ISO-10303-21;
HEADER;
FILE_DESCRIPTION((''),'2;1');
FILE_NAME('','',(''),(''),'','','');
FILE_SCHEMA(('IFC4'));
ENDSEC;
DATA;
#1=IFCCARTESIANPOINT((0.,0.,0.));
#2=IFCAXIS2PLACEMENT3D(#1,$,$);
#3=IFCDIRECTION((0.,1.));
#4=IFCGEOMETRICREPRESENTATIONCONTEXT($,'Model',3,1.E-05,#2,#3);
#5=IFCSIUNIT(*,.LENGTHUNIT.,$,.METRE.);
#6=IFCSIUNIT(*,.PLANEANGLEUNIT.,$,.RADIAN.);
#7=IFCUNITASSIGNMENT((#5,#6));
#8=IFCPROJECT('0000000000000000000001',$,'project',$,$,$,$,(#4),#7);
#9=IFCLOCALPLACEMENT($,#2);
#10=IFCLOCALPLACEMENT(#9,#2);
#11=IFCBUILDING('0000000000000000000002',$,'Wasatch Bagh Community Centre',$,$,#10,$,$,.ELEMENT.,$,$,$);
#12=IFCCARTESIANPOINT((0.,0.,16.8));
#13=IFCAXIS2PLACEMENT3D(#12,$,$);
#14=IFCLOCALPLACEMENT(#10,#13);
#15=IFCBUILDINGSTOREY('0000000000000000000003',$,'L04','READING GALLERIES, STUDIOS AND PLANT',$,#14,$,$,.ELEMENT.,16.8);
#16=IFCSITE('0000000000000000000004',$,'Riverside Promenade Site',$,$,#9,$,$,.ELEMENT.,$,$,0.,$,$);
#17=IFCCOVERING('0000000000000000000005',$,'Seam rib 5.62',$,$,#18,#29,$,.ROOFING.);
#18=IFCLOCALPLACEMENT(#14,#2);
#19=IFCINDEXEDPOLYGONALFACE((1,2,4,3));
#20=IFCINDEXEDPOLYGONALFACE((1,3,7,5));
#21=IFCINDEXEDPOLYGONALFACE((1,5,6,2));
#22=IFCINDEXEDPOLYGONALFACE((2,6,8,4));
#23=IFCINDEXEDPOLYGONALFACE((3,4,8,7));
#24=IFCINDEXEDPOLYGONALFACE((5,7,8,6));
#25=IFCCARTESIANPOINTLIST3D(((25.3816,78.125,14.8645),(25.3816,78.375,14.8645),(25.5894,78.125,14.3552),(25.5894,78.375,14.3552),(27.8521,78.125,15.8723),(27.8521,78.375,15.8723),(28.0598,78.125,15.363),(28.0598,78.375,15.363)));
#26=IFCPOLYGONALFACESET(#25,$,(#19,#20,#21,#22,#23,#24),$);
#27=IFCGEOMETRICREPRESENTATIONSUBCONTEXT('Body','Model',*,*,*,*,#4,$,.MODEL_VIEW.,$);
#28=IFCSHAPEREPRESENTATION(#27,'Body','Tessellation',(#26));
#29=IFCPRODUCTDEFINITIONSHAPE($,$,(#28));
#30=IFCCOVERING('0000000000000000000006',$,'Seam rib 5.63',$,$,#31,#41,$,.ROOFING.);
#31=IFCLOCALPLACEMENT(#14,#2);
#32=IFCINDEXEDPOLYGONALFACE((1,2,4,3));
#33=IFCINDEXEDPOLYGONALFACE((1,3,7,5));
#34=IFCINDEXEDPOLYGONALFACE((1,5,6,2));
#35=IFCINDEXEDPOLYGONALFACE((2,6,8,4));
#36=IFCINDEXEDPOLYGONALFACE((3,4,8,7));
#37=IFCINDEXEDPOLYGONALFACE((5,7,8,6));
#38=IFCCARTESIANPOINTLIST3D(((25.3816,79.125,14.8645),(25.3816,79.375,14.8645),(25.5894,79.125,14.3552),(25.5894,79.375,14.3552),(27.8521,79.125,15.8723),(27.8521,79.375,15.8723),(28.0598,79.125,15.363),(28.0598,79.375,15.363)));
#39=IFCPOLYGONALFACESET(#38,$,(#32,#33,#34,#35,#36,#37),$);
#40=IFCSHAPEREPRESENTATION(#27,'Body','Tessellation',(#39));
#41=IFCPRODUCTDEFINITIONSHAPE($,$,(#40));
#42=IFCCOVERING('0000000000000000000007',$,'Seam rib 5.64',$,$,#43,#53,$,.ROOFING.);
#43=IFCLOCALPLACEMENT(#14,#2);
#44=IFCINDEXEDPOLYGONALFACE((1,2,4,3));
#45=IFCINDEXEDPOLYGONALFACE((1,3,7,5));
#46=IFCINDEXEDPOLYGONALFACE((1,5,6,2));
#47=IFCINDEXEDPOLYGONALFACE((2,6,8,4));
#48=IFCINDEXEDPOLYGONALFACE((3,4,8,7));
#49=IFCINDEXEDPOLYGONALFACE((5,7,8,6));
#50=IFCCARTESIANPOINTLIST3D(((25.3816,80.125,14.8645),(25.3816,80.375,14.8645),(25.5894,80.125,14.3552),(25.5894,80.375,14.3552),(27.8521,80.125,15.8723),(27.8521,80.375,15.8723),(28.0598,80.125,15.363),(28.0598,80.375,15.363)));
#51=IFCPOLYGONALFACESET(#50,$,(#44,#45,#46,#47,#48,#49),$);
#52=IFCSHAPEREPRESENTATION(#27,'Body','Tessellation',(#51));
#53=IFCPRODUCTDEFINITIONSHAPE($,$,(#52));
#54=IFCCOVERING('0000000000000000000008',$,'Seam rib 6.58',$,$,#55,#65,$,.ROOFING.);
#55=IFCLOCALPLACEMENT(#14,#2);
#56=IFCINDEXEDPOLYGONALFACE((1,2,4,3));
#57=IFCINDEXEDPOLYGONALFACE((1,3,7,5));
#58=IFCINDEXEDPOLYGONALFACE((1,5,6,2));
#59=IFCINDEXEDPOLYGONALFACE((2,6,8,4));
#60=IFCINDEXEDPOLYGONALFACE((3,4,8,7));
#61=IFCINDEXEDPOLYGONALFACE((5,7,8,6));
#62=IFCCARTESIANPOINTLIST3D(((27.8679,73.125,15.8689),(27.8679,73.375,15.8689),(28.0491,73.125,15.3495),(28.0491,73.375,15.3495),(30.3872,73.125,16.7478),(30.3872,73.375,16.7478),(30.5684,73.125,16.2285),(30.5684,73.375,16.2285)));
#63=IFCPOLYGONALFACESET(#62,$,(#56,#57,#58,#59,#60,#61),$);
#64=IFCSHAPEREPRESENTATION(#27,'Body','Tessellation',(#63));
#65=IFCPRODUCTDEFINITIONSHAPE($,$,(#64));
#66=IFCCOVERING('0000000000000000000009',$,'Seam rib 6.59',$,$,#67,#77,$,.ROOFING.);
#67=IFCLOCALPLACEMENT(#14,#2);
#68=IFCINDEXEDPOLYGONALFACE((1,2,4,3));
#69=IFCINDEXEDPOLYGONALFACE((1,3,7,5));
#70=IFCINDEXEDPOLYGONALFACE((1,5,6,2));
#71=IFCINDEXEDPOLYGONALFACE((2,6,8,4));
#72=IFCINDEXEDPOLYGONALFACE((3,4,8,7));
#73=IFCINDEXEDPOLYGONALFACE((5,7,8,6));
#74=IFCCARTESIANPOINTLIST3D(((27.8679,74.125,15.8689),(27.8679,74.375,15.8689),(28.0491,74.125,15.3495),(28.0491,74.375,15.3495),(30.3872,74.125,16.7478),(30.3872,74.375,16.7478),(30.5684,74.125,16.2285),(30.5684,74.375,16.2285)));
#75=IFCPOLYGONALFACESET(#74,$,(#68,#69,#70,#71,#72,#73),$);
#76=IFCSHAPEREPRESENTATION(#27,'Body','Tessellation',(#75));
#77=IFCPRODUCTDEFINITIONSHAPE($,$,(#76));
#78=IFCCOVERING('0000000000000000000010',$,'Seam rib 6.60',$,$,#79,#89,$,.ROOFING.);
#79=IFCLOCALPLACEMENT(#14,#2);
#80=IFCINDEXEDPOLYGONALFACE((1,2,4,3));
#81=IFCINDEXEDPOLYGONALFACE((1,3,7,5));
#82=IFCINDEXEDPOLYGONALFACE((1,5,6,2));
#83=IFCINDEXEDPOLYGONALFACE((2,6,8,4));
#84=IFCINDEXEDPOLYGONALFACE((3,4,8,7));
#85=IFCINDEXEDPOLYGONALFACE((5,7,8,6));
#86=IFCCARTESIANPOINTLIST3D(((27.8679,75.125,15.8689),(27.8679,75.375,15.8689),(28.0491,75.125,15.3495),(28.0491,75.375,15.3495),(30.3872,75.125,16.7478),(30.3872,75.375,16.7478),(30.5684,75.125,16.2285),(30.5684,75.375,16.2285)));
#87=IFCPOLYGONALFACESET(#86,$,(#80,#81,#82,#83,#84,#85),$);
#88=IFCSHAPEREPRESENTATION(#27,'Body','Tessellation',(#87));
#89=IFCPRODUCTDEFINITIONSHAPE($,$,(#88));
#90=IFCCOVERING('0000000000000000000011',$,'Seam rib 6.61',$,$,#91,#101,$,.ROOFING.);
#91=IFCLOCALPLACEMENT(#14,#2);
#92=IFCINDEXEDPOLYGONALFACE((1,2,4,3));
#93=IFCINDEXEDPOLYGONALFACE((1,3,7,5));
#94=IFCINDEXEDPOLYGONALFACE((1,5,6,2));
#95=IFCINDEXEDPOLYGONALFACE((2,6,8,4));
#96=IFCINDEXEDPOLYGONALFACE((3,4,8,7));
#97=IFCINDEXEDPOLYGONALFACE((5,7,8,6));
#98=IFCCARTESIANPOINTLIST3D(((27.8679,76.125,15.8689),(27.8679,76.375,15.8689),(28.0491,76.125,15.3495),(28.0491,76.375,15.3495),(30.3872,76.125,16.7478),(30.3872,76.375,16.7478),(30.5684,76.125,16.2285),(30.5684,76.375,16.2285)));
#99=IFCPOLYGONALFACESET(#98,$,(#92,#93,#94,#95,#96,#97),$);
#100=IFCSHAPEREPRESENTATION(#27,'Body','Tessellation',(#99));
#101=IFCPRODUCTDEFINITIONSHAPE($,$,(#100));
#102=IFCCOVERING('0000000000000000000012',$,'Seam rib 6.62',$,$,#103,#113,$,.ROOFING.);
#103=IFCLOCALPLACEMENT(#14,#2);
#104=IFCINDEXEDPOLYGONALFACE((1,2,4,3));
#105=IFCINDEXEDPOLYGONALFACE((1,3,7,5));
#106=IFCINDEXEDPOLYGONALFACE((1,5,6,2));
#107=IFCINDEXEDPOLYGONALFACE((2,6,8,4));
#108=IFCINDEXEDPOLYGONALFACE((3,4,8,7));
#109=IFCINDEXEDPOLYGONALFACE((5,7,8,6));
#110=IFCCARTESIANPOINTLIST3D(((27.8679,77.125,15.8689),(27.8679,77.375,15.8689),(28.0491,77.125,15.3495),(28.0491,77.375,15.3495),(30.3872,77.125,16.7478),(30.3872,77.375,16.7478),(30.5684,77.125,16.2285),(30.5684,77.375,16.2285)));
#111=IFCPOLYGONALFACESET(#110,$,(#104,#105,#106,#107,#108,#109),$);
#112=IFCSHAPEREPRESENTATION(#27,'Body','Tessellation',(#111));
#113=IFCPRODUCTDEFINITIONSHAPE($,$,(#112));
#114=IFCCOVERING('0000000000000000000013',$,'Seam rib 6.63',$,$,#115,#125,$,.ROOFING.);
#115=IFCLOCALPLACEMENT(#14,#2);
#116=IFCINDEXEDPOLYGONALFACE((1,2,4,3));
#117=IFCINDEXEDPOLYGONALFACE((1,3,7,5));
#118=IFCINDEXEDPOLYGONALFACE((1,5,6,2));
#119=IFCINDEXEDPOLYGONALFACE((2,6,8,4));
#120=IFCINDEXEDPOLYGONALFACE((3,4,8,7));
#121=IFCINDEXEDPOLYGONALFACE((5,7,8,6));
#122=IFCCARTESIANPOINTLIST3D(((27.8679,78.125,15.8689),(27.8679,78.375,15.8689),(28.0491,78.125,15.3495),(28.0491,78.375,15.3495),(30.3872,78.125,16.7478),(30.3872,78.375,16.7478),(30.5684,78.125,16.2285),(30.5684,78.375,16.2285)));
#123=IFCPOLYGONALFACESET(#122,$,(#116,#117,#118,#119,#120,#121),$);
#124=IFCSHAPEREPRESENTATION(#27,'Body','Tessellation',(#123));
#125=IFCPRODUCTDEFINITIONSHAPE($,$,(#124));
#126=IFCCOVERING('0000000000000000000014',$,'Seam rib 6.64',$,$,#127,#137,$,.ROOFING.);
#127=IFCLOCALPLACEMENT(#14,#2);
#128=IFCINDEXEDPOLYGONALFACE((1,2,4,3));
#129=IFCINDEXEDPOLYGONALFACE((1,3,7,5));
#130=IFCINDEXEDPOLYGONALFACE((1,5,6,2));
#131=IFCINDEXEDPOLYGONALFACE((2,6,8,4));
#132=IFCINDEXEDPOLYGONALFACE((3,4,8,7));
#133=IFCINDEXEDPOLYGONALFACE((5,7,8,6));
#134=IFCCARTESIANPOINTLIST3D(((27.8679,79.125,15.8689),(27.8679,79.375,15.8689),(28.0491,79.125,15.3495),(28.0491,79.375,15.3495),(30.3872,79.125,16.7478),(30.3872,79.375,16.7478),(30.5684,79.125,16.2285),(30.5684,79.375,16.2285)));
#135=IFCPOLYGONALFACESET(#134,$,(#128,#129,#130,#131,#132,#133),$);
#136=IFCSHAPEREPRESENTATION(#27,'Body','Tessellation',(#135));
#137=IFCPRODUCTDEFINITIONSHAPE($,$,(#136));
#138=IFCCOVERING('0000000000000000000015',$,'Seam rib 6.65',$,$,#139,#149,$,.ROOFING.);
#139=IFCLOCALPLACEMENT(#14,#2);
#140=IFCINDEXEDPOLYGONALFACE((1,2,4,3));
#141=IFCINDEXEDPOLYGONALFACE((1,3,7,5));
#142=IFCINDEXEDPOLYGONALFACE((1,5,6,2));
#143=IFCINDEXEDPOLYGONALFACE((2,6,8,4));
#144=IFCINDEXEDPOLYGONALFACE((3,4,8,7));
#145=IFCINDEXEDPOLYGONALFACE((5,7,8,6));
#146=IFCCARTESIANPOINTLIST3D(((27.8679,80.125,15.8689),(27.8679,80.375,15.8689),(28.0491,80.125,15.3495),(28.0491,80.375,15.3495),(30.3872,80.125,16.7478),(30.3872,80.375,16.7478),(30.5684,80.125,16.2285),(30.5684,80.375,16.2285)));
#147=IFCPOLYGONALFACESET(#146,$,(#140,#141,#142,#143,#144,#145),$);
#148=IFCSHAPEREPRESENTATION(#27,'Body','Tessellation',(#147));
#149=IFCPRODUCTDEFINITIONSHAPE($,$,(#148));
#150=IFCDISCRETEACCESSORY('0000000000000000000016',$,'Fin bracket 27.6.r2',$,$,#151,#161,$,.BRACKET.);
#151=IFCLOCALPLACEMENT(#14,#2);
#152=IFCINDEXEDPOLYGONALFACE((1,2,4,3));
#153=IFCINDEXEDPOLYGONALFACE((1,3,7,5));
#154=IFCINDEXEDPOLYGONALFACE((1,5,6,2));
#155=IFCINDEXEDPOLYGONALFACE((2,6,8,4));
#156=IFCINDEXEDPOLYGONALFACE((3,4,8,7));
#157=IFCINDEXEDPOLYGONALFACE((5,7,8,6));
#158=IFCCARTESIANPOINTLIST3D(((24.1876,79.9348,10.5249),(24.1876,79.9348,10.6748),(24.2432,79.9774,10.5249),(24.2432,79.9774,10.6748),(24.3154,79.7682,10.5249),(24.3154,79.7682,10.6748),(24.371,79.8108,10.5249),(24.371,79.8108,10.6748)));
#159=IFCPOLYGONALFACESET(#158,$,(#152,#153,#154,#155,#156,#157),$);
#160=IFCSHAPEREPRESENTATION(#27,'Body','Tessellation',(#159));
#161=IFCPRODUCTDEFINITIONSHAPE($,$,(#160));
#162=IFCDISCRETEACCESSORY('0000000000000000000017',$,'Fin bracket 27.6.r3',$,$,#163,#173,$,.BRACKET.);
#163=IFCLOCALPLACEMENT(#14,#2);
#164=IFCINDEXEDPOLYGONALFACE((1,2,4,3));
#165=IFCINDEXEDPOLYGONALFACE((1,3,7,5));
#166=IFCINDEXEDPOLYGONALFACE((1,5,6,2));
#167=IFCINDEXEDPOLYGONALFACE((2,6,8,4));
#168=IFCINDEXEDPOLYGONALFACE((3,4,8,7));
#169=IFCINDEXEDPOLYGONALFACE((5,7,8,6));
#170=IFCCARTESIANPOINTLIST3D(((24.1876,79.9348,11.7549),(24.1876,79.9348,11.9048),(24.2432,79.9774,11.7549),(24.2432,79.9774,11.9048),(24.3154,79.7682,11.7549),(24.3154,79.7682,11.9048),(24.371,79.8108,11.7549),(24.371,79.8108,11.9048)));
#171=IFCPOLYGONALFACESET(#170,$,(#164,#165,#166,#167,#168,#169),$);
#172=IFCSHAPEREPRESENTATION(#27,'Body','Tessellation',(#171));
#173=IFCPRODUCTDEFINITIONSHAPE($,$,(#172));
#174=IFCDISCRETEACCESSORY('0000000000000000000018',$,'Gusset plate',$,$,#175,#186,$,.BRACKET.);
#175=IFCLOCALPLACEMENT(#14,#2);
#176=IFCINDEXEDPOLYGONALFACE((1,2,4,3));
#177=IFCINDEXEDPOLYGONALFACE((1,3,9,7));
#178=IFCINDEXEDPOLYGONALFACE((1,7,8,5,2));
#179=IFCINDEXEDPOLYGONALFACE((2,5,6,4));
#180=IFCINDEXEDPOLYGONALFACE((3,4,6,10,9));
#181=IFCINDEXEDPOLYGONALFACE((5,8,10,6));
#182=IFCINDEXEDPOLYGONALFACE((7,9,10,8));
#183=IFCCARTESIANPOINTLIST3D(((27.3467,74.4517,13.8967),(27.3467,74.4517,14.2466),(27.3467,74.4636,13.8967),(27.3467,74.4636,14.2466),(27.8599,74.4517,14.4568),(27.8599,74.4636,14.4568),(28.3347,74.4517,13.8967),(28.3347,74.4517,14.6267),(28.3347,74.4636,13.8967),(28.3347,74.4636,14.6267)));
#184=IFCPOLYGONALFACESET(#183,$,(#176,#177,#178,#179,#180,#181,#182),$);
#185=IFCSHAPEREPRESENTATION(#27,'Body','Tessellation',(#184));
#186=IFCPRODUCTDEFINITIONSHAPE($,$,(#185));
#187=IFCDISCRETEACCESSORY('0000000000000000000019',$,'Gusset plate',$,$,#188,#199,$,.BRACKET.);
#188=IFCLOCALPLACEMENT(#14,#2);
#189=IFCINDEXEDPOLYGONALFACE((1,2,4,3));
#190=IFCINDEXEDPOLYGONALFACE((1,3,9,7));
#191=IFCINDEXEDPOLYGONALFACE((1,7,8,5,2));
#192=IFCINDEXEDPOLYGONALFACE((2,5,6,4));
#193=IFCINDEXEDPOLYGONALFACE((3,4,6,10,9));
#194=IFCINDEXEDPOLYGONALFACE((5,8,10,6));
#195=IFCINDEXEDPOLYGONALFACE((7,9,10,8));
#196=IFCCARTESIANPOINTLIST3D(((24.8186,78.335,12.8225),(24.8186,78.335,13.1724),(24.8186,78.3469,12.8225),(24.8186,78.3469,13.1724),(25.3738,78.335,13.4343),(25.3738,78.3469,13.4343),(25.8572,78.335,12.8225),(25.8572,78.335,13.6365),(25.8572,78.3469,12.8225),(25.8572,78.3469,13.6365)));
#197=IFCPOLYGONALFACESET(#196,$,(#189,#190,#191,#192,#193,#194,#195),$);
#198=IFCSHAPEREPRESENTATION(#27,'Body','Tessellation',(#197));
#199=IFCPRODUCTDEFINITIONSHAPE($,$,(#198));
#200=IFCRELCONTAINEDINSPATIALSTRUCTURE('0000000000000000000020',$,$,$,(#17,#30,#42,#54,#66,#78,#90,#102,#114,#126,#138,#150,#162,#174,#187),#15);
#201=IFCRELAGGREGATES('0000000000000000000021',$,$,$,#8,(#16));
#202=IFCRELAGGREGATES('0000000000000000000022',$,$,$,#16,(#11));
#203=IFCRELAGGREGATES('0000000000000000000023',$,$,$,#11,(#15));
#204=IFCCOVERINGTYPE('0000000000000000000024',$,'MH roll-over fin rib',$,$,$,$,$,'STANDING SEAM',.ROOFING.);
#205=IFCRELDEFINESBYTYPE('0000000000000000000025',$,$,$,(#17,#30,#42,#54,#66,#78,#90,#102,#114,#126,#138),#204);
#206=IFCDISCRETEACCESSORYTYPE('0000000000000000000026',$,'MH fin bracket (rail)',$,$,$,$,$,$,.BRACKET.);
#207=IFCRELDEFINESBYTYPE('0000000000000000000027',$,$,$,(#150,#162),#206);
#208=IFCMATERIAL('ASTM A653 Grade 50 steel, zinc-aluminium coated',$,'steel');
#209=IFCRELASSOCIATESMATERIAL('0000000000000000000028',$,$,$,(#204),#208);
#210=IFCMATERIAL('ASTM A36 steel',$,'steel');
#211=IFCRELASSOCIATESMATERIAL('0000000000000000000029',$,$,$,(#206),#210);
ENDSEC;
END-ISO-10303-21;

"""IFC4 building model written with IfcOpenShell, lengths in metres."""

from ifc_helpers import new_model, si_unit, direction, frame, origin, origin_2d, place, context, subcontext, project, spatial, polyline, rectangle, outline, extrude, material, type_object, element, save


model = new_model("IFC4")

# Units and contexts
model_context = context("Model", 3, precision=1e-05, world=origin(), true_north=direction((0.0, 1.0)))
body_context = subcontext(model_context, "Body", "Model", "MODEL_VIEW")
ifc_project = project(units=[si_unit("LENGTHUNIT", "METRE"), si_unit("PLANEANGLEUNIT", "RADIAN")], contexts=[model_context])

# Site, building, storey
site_placement = place(None, origin())
site = spatial("IfcSite", under=ifc_project, at=site_placement, Name="Riverside Promenade Site", CompositionType="ELEMENT", RefElevation=0.0)
building_placement = place(site_placement, origin())
building = spatial("IfcBuilding", under=site, at=building_placement, Name="Wasatch Bagh Community Centre", CompositionType="ELEMENT")
storey_placement = place(building_placement, frame((0.0, 0.0, 16.8)))
storey = spatial("IfcBuildingStorey", under=building, at=storey_placement, Name="L04", Description="READING GALLERIES, STUDIOS AND PLANT", CompositionType="ELEMENT", Elevation=16.8)

# Coverings
ifc_material_1 = material(Name="ASTM A653 Grade 50 steel, zinc-aluminium coated", Category="steel")
covering_type = type_object("IfcCoveringType", Name="MH roll-over fin rib", ElementType="STANDING SEAM", PredefinedType="ROOFING", material=ifc_material_1)
for number, where, z_axis, x_axis, name in (
    (1, (25.3816, 78.125, 14.8645), (-0.377724, 0.0, 0.925918), (0.925918, 0.0, 0.377724), "Seam rib 5.62"),
    (2, (25.3816, 79.125, 14.8645), (-0.377724, 0.0, 0.925918), (0.925918, 0.0, 0.377724), "Seam rib 5.63"),
    (3, (25.3816, 80.125, 14.8645), (-0.377724, 0.0, 0.925918), (0.925918, 0.0, 0.377724), "Seam rib 5.64"),
):
    element("IfcCovering", number, at=place(storey_placement, frame(where, z_axis=z_axis, x_axis=x_axis)), inside=storey, type_object=covering_type, Name=name, PredefinedType="ROOFING", context=body_context, shape_type="SweptSolid", body=[
        extrude(outline(polyline([(0.0, 0.0), (2.6681, 0.0), (2.6681, 0.25), (0.0, 0.25), (0.0, 0.0)])), origin(), (0.0, 0.0, -1.0), 0.55),
    ])
for number, where, z_axis, x_axis, name in (
    (4, (27.8679, 73.125, 15.8689), (-0.329401, 0.0, 0.94419), (0.94419, 0.0, 0.329401), "Seam rib 6.58"),
    (5, (27.8679, 74.125, 15.8689), (-0.329401, 0.0, 0.94419), (0.94419, 0.0, 0.329401), "Seam rib 6.59"),
    (6, (27.8679, 75.125, 15.8689), (-0.329401, 0.0, 0.94419), (0.94419, 0.0, 0.329401), "Seam rib 6.60"),
    (7, (27.8679, 76.125, 15.8689), (-0.329401, 0.0, 0.94419), (0.94419, 0.0, 0.329401), "Seam rib 6.61"),
    (8, (27.8679, 77.125, 15.8689), (-0.329401, 0.0, 0.94419), (0.94419, 0.0, 0.329401), "Seam rib 6.62"),
    (9, (27.8679, 78.125, 15.8689), (-0.329401, 0.0, 0.94419), (0.94419, 0.0, 0.329401), "Seam rib 6.63"),
    (10, (27.8679, 79.125, 15.8689), (-0.329401, 0.0, 0.94419), (0.94419, 0.0, 0.329401), "Seam rib 6.64"),
    (11, (27.8679, 80.125, 15.8689), (-0.329401, 0.0, 0.94419), (0.94419, 0.0, 0.329401), "Seam rib 6.65"),
):
    element("IfcCovering", number, at=place(storey_placement, frame(where, z_axis=z_axis, x_axis=x_axis)), inside=storey, type_object=covering_type, Name=name, PredefinedType="ROOFING", context=body_context, shape_type="SweptSolid", body=[
        extrude(outline(polyline([(0.0, 0.0), (2.6682, 0.0), (2.6682, 0.25), (0.0, 0.25), (0.0, 0.0)])), origin(), (0.0, 0.0, -1.0), 0.55),
    ])

# Discrete accessories
ifc_material_2 = material(Name="ASTM A36 steel", Category="steel")
discrete_accessory_type = type_object("IfcDiscreteAccessoryType", Name="MH fin bracket (rail)", PredefinedType="BRACKET", material=ifc_material_2)
for number, where, z_axis, x_axis, name in (
    (12, (24.2793, 79.8728, 10.5249), (0.0, 0.0, 1.0), (-0.793353, -0.608761, 0.0), "Fin bracket 27.6.r2"),
    (13, (24.2793, 79.8728, 11.7549), (0.0, 0.0, 1.0), (-0.793353, -0.608761, 0.0), "Fin bracket 27.6.r3"),
):
    element("IfcDiscreteAccessory", number, at=place(storey_placement, frame(where, z_axis=z_axis, x_axis=x_axis)), inside=storey, type_object=discrete_accessory_type, Name=name, PredefinedType="BRACKET", context=body_context, shape_type="SweptSolid", body=[
        extrude(rectangle(XDim=0.0701, YDim=0.21, at=origin_2d()), origin(), (0.0, 0.0, 1.0), 0.1499),
    ])
discrete_accessory_1_placement = place(storey_placement, frame((27.3467, 74.4636, 14.2466), z_axis=(0.0, 1.0, 0.0), x_axis=(0.925379, 0.0, 0.379044)))
element("IfcDiscreteAccessory", 14, at=discrete_accessory_1_placement, inside=storey, Name="Gusset plate", PredefinedType="BRACKET", context=body_context, shape_type="SweptSolid", body=[
    extrude(outline(polyline([(0.0, 0.0), (0.5546, 0.0), (1.0584, 0.0227), (0.7817, 0.6983), (-0.1326, 0.3237), (0.0, 0.0)])), origin(), (0.0, 0.0, -1.0), 0.012),
])
discrete_accessory_2_placement = place(storey_placement, frame((24.8186, 78.3469, 13.1724), z_axis=(0.0, 1.0, 0.0), x_axis=(0.904377, 0.0, 0.426735)))
element("IfcDiscreteAccessory", 15, at=discrete_accessory_2_placement, inside=storey, Name="Gusset plate", PredefinedType="BRACKET", context=body_context, shape_type="SweptSolid", body=[
    extrude(outline(polyline([(0.0, 0.0), (0.6139, 0.0), (1.1373, 0.0235), (0.79, 0.7596), (-0.1493, 0.3164), (0.0, 0.0)])), origin(), (0.0, 0.0, -1.0), 0.012),
])

save(model, "model.ifc")
